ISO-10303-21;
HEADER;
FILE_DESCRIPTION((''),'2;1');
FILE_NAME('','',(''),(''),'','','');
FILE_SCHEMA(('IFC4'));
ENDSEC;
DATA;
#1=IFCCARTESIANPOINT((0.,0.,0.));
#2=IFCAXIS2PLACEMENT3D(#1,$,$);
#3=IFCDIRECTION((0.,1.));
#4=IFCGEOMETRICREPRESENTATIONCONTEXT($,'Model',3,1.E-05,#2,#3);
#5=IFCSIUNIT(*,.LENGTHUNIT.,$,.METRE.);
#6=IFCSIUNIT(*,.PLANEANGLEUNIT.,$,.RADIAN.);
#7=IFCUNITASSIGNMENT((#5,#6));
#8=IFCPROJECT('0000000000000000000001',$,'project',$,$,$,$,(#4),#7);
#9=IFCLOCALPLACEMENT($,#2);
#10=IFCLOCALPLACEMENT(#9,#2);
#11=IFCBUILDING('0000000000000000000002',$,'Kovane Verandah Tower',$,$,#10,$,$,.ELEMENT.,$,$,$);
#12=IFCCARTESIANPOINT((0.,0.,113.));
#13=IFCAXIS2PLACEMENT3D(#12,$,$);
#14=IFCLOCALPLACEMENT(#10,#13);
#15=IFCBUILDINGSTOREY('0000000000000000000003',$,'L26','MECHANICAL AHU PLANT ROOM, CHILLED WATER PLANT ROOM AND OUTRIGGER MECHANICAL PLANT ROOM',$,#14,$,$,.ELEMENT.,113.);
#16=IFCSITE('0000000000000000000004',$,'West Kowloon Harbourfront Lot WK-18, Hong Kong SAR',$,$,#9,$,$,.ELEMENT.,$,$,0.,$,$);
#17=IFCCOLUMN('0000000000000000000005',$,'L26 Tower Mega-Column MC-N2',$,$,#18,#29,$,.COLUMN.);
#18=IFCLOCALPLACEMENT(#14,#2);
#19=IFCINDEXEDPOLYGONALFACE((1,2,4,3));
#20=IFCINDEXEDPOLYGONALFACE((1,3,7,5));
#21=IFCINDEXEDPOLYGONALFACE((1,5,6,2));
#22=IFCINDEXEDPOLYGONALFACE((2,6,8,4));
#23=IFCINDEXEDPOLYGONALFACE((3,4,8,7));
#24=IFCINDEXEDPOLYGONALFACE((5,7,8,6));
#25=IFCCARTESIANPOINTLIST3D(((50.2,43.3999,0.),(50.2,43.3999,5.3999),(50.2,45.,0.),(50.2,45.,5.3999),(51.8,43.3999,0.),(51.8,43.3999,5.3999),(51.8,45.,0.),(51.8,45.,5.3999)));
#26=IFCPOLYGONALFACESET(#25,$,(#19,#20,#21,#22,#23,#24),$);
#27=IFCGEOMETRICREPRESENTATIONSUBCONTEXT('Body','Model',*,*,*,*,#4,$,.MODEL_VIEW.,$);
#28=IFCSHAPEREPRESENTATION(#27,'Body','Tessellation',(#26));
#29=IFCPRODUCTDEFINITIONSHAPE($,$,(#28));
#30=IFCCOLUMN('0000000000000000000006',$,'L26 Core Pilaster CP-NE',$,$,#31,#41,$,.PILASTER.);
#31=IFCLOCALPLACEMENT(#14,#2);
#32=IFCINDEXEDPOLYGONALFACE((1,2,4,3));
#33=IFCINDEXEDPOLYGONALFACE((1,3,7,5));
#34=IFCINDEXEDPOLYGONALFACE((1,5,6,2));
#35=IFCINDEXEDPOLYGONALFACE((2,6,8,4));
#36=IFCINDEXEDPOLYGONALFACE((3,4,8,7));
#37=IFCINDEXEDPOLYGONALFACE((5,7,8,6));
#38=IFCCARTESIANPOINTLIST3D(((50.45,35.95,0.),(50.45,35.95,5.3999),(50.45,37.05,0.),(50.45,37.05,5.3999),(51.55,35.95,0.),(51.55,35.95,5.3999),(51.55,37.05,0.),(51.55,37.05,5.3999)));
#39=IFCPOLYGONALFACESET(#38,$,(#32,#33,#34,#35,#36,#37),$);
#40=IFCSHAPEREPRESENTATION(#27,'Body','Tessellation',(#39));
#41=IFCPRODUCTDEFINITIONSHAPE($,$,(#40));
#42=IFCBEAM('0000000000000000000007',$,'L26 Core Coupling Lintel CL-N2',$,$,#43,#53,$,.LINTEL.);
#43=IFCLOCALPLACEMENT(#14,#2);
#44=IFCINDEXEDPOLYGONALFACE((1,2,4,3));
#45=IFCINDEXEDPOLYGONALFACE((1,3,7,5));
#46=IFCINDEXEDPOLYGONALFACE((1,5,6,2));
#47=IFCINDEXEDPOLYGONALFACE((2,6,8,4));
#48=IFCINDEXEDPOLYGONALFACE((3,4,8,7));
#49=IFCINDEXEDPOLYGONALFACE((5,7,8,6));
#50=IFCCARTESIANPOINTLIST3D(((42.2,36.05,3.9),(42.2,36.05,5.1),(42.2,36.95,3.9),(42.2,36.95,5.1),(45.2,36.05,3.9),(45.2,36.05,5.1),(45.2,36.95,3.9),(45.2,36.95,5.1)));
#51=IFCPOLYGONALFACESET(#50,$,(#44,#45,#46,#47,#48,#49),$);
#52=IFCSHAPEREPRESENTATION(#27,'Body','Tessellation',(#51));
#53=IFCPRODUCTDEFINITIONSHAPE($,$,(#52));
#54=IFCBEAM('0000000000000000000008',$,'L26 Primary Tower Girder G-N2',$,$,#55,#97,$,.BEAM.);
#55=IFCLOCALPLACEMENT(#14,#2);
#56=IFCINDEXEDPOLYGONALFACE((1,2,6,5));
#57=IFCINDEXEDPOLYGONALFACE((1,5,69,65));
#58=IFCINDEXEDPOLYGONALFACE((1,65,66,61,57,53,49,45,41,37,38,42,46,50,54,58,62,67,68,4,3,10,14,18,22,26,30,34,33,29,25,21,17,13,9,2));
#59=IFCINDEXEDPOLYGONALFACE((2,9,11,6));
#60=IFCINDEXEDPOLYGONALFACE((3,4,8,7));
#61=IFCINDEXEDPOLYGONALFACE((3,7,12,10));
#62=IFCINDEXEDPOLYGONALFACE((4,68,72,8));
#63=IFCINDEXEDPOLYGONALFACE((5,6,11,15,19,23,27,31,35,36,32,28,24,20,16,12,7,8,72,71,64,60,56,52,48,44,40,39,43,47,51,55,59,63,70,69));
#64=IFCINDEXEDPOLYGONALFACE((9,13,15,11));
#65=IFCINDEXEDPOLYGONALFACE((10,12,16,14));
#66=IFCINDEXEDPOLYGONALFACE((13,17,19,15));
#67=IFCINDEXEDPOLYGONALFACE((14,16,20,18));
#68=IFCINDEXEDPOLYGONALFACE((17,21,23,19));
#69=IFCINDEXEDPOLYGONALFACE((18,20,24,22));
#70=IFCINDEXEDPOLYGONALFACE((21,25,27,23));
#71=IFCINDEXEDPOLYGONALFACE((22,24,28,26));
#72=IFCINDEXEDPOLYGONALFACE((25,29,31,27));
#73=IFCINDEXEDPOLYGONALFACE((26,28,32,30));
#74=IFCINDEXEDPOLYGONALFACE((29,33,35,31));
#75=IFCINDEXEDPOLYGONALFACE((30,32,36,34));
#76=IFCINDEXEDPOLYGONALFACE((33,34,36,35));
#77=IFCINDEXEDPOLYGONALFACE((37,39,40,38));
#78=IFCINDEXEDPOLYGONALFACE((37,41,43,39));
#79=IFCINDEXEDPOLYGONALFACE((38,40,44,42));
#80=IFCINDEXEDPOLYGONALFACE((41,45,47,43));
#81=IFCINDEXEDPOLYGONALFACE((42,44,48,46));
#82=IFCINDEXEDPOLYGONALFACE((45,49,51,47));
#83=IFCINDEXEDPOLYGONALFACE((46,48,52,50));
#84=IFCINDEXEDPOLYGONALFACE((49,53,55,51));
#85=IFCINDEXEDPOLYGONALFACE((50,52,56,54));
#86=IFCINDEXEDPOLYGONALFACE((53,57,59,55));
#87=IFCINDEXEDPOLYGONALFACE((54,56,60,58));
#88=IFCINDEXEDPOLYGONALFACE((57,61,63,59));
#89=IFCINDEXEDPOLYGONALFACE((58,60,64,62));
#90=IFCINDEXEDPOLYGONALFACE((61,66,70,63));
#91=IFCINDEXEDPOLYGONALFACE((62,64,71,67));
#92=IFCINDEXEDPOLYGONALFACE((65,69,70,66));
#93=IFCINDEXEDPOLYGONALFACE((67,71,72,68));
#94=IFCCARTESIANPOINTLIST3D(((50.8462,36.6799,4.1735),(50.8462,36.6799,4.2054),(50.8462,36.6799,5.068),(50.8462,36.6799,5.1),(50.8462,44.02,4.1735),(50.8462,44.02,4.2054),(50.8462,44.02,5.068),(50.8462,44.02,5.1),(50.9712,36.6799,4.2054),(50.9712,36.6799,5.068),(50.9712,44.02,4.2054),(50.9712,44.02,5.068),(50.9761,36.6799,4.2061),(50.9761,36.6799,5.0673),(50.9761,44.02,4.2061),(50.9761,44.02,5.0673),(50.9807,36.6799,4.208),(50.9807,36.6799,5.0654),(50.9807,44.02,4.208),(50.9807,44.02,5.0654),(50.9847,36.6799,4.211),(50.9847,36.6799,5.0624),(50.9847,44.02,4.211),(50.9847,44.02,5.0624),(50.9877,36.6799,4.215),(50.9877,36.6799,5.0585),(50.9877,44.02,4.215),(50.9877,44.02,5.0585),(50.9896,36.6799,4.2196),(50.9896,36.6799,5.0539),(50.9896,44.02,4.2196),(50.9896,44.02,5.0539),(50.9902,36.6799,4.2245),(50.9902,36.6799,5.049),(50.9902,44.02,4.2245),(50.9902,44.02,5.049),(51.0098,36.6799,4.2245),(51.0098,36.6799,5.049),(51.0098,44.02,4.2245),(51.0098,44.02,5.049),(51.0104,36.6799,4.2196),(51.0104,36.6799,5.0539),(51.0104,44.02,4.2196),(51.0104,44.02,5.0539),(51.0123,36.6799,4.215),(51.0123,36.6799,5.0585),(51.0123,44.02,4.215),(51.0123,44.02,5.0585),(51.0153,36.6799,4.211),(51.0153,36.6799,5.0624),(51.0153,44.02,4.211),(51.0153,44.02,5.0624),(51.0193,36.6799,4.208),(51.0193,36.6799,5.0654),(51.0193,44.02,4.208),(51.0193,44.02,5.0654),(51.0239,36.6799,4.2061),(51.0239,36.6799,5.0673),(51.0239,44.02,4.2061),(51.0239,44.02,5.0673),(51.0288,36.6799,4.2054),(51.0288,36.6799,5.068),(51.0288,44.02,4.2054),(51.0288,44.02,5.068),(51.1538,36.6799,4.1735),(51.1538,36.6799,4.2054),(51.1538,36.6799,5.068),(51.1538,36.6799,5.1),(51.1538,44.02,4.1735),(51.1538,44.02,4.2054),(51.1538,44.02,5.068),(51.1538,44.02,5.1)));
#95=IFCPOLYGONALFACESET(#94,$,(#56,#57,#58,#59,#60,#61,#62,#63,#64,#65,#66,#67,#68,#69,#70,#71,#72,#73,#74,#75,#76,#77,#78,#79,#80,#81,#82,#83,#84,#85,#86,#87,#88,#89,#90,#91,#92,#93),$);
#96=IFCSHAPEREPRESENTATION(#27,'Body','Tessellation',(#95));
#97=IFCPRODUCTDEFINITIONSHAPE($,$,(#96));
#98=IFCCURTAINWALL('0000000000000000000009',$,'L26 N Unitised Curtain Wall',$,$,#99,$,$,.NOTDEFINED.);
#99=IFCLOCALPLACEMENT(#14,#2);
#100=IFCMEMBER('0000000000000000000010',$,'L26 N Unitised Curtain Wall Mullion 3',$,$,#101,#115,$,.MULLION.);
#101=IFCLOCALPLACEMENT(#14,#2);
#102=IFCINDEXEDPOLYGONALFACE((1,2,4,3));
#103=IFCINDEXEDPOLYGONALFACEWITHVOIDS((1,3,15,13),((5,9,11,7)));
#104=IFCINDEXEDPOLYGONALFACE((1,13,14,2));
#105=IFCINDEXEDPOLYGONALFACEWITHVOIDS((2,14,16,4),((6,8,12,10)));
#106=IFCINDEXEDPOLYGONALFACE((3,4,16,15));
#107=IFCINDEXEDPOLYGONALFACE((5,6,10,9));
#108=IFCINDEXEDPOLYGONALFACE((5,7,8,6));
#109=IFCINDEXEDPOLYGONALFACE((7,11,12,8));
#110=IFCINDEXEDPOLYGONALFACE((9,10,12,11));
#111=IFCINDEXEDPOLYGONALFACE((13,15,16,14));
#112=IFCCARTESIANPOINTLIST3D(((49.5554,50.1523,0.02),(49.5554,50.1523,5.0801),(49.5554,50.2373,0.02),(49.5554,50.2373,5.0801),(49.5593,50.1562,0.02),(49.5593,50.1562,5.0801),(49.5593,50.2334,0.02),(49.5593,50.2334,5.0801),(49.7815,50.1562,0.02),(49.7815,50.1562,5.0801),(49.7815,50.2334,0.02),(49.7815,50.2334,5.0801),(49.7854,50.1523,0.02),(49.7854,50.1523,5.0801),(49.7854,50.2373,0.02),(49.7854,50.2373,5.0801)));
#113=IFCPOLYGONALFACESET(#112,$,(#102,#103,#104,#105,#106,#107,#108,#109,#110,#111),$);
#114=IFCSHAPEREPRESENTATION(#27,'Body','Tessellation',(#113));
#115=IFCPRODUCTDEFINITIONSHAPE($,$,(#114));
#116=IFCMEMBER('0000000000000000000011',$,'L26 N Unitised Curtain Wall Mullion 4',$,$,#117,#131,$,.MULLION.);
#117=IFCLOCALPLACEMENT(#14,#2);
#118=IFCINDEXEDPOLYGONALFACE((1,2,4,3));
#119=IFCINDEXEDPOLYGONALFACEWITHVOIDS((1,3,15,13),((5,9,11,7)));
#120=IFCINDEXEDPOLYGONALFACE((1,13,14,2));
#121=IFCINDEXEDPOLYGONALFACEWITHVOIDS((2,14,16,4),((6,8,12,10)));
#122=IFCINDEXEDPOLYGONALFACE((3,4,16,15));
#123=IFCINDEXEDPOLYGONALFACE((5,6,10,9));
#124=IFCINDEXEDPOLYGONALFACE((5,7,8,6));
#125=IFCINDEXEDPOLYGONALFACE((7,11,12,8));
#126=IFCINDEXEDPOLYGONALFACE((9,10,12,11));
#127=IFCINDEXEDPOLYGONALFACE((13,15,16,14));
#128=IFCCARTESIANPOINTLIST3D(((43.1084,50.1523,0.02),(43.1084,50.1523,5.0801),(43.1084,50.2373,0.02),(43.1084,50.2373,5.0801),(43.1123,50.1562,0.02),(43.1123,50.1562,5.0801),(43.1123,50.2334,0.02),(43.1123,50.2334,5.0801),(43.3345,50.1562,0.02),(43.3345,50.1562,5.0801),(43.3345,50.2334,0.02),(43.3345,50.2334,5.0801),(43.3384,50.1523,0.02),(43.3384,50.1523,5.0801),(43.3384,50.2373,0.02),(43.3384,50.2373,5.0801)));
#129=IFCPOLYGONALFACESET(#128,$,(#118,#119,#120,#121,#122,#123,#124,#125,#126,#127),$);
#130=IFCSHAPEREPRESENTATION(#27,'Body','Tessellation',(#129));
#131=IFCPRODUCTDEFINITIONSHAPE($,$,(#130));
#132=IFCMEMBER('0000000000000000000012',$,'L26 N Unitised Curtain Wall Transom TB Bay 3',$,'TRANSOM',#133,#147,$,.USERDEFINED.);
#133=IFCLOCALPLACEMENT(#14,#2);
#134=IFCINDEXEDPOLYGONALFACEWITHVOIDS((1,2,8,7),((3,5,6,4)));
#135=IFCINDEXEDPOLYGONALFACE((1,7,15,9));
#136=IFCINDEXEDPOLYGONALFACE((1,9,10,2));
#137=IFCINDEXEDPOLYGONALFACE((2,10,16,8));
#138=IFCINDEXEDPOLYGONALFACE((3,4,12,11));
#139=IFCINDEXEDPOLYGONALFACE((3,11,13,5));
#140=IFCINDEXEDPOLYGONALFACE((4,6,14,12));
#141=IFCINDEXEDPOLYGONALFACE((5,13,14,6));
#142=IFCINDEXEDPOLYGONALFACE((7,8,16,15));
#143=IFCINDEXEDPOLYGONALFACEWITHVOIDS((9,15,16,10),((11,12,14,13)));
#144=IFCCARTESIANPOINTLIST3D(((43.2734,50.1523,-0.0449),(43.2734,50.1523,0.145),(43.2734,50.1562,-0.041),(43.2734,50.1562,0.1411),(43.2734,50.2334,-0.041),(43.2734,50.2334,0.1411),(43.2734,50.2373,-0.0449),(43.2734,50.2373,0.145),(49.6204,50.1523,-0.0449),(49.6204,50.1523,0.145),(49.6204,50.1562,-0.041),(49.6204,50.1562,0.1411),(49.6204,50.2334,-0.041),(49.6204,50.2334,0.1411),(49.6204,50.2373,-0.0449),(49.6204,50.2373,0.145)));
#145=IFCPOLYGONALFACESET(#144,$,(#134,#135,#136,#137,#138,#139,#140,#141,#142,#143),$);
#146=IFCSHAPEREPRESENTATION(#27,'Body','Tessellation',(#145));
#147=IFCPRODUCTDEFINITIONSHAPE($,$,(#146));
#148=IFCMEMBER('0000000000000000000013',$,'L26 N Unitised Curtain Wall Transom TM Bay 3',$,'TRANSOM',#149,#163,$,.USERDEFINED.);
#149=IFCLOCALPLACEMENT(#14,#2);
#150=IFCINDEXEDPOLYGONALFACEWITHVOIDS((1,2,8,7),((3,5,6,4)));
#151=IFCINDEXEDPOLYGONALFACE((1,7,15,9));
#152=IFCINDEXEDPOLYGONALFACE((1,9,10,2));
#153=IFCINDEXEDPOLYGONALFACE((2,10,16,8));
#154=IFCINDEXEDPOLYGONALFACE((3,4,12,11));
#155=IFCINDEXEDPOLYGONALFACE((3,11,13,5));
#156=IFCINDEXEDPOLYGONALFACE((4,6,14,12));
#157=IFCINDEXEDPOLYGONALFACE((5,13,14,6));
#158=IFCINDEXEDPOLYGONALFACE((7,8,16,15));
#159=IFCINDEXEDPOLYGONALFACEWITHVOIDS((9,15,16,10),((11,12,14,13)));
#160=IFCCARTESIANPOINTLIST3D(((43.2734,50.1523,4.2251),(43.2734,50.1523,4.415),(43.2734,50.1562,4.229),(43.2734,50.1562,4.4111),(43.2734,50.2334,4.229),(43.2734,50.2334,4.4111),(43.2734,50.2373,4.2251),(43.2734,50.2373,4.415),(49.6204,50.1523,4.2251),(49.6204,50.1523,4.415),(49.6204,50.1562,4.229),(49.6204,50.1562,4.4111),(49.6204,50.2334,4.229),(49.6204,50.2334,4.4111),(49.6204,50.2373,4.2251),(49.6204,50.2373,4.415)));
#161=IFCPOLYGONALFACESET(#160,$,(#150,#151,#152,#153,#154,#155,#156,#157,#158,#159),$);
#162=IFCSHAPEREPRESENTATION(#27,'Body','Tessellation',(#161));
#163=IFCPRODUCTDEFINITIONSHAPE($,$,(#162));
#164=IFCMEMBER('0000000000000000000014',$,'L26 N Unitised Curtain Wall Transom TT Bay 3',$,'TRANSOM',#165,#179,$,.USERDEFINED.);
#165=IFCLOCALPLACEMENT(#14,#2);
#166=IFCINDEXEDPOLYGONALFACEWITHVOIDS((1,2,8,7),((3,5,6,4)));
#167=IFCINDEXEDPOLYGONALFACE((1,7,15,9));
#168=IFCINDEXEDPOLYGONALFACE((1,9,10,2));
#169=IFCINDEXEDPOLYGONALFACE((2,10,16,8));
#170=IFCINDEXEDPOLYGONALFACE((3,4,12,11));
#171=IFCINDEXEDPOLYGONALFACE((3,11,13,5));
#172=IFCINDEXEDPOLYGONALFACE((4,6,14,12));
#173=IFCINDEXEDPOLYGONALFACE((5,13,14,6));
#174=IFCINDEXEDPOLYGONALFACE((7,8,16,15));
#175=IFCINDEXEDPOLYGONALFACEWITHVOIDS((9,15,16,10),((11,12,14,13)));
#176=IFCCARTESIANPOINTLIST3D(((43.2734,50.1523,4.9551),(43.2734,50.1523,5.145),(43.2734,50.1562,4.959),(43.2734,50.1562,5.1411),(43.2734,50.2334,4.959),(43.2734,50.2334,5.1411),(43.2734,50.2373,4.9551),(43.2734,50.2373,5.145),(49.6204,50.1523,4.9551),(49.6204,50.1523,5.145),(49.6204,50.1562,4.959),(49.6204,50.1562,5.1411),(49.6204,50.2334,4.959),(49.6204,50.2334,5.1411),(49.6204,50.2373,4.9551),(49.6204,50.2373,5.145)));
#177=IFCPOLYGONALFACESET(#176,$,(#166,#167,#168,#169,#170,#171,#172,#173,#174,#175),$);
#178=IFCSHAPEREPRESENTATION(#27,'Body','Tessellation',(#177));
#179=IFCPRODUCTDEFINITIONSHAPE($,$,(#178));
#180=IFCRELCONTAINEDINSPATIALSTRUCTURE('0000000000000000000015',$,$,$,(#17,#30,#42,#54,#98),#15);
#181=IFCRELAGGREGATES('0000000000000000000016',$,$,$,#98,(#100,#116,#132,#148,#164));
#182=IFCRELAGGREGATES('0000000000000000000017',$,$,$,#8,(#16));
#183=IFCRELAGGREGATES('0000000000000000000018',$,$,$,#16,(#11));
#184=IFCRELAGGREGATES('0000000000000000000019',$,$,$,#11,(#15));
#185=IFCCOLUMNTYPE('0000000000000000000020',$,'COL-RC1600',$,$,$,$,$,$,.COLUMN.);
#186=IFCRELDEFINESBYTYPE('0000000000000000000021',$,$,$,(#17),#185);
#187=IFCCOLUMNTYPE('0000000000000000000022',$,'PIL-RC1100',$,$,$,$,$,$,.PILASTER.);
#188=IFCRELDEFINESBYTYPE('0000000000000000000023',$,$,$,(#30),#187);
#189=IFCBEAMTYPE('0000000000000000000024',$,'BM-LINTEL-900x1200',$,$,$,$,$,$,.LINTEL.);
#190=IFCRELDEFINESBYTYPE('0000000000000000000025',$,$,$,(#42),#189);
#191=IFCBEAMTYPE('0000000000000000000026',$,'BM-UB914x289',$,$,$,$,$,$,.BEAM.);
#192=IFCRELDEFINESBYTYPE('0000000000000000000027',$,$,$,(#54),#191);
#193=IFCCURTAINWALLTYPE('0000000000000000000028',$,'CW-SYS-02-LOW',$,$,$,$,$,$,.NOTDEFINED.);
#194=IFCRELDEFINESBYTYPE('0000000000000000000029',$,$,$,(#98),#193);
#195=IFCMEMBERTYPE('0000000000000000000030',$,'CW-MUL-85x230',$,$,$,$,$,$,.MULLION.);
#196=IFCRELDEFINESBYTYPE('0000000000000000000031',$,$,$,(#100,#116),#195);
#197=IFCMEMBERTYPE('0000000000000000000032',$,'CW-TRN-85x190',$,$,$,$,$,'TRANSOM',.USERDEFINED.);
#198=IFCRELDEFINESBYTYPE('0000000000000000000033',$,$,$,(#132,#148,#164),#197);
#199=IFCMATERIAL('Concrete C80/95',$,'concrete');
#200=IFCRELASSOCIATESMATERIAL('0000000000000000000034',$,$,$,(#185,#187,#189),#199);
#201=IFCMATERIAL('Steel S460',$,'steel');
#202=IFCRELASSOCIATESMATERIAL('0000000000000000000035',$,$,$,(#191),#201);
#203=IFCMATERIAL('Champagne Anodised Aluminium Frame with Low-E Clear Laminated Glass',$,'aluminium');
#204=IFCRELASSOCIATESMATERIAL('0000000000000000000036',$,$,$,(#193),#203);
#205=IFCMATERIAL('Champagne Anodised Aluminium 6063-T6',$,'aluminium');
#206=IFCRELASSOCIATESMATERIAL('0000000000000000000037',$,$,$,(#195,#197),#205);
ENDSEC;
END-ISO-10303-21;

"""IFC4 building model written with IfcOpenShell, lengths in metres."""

from ifc_helpers import new_model, si_unit, direction, frame, origin, origin_2d, place, context, subcontext, project, spatial, rectangle, hollow_rectangle, i_section, extrude, material, material_profile, profile_set, type_object, element, aggregate, save


model = new_model("IFC4")

# Units and contexts
model_context = context("Model", 3, precision=1e-05, world=origin(), true_north=direction((0.0, 1.0)))
body_context = subcontext(model_context, "Body", "Model", "MODEL_VIEW")
ifc_project = project(units=[si_unit("LENGTHUNIT", "METRE"), si_unit("PLANEANGLEUNIT", "RADIAN")], contexts=[model_context])

# Site, building, storey
site_placement = place(None, origin())
site = spatial("IfcSite", under=ifc_project, at=site_placement, Name="West Kowloon Harbourfront Lot WK-18, Hong Kong SAR", CompositionType="ELEMENT", RefElevation=0.0)
building_placement = place(site_placement, origin())
building = spatial("IfcBuilding", under=site, at=building_placement, Name="Kovane Verandah Tower", CompositionType="ELEMENT")
storey_placement = place(building_placement, frame((0.0, 0.0, 113.0)))
storey = spatial("IfcBuildingStorey", under=building, at=storey_placement, Name="L26", Description="MECHANICAL AHU PLANT ROOM, CHILLED WATER PLANT ROOM AND OUTRIGGER MECHANICAL PLANT ROOM", CompositionType="ELEMENT", Elevation=113.0)

# Columns
ifc_material_1 = material(Name="Concrete C80/95", Category="concrete")
ifc_material_profile_1 = material_profile(ifc_material_1, rectangle(XDim=1.6001, YDim=1.6001, at=origin_2d()), Name="RC1600x1600")
ifc_profile_set_1 = profile_set([ifc_material_profile_1], Name="Concrete C80/95")
column_type_1 = type_object("IfcColumnType", Name="COL-RC1600", PredefinedType="COLUMN", material=ifc_profile_set_1)
column_1_placement = place(storey_placement, frame((51.0, 44.2, 0.0), z_axis=(0.0, 0.0, 1.0), x_axis=(1.0, 0.0, 0.0)))
element("IfcColumn", 1, at=column_1_placement, inside=storey, type_object=column_type_1, Name="L26 Tower Mega-Column MC-N2", PredefinedType="COLUMN", context=body_context, shape_type="SweptSolid", body=[
    extrude(rectangle(XDim=1.6001, YDim=1.6001, at=origin_2d()), origin(), (0.0, 0.0, 1.0), 5.3999),
])
ifc_material_profile_2 = material_profile(ifc_material_1, rectangle(XDim=1.1001, YDim=1.1001, at=origin_2d()), Name="RC1100x1100")
ifc_profile_set_2 = profile_set([ifc_material_profile_2], Name="Concrete C80/95")
column_type_2 = type_object("IfcColumnType", Name="PIL-RC1100", PredefinedType="PILASTER", material=ifc_profile_set_2)
column_2_placement = place(storey_placement, frame((51.0, 36.5, 0.0), z_axis=(0.0, 0.0, 1.0), x_axis=(1.0, 0.0, 0.0)))
element("IfcColumn", 2, at=column_2_placement, inside=storey, type_object=column_type_2, Name="L26 Core Pilaster CP-NE", PredefinedType="PILASTER", context=body_context, shape_type="SweptSolid", body=[
    extrude(rectangle(XDim=1.1001, YDim=1.1001, at=origin_2d()), origin(), (0.0, 0.0, 1.0), 5.3999),
])

# Beams
ifc_material_profile_3 = material_profile(ifc_material_1, rectangle(XDim=0.8999, YDim=1.2, at=origin_2d()), Name="RCB900x1200")
ifc_profile_set_3 = profile_set([ifc_material_profile_3], Name="Concrete C80/95")
beam_type_1 = type_object("IfcBeamType", Name="BM-LINTEL-900x1200", PredefinedType="LINTEL", material=ifc_profile_set_3)
beam_1_placement = place(storey_placement, frame((42.2, 36.5, 4.5), z_axis=(1.0, 0.0, 0.0), x_axis=(0.0, 1.0, 0.0)))
element("IfcBeam", 3, at=beam_1_placement, inside=storey, type_object=beam_type_1, Name="L26 Core Coupling Lintel CL-N2", PredefinedType="LINTEL", context=body_context, shape_type="SweptSolid", body=[
    extrude(rectangle(XDim=0.8999, YDim=1.2, at=origin_2d()), origin(), (0.0, 0.0, 1.0), 3.0),
])
ifc_material_2 = material(Name="Steel S460", Category="steel")
ifc_material_profile_4 = material_profile(ifc_material_2, i_section(OverallWidth=0.3076, OverallDepth=0.9265, WebThickness=0.0195, FlangeThickness=0.032, FilletRadius=0.019, at=origin_2d()), Name="UB914x305x289")
ifc_profile_set_4 = profile_set([ifc_material_profile_4], Name="Steel S460")
beam_type_2 = type_object("IfcBeamType", Name="BM-UB914x289", PredefinedType="BEAM", material=ifc_profile_set_4)
beam_2_placement = place(storey_placement, frame((51.0, 36.6799, 4.6367), z_axis=(0.0, 1.0, 0.0), x_axis=(-1.0, 0.0, 0.0)))
element("IfcBeam", 4, at=beam_2_placement, inside=storey, type_object=beam_type_2, Name="L26 Primary Tower Girder G-N2", PredefinedType="BEAM", context=body_context, shape_type="SweptSolid", body=[
    extrude(i_section(OverallWidth=0.3076, OverallDepth=0.9265, WebThickness=0.0195, FlangeThickness=0.032, FilletRadius=0.019, at=origin_2d()), origin(), (0.0, 0.0, 1.0), 7.3401),
])

# Curtain wall, members
ifc_material_3 = material(Name="Champagne Anodised Aluminium Frame with Low-E Clear Laminated Glass", Category="aluminium")
curtain_wall_type = type_object("IfcCurtainWallType", Name="CW-SYS-02-LOW", PredefinedType="NOTDEFINED", material=ifc_material_3)
curtain_wall_placement = place(storey_placement, origin())
curtain_wall = element("IfcCurtainWall", 5, at=curtain_wall_placement, inside=storey, type_object=curtain_wall_type, Name="L26 N Unitised Curtain Wall", PredefinedType="NOTDEFINED")
ifc_material_4 = material(Name="Champagne Anodised Aluminium 6063-T6", Category="aluminium")
ifc_material_profile_5 = material_profile(ifc_material_4, hollow_rectangle(XDim=0.085, YDim=0.23, WallThickness=0.0039, at=origin_2d()), Name="AL85x230x4")
ifc_profile_set_5 = profile_set([ifc_material_profile_5], Name="Champagne Anodised Aluminium 6063-T6")
member_type_1 = type_object("IfcMemberType", Name="CW-MUL-85x230", PredefinedType="MULLION", material=ifc_profile_set_5)
member_1_placement = place(storey_placement, frame((49.6704, 50.1948, 0.02), z_axis=(0.0, 0.0, 1.0), x_axis=(0.0, 1.0, 0.0)))
member_1 = element("IfcMember", 6, at=member_1_placement, type_object=member_type_1, Name="L26 N Unitised Curtain Wall Mullion 3", PredefinedType="MULLION", context=body_context, shape_type="SweptSolid", body=[
    extrude(hollow_rectangle(XDim=0.085, YDim=0.23, WallThickness=0.0039, at=origin_2d()), origin(), (0.0, 0.0, 1.0), 5.0601),
])
member_2_placement = place(storey_placement, frame((43.2234, 50.1948, 0.02), z_axis=(0.0, 0.0, 1.0), x_axis=(0.0, 1.0, 0.0)))
member_2 = element("IfcMember", 7, at=member_2_placement, type_object=member_type_1, Name="L26 N Unitised Curtain Wall Mullion 4", PredefinedType="MULLION", context=body_context, shape_type="SweptSolid", body=[
    extrude(hollow_rectangle(XDim=0.085, YDim=0.23, WallThickness=0.0039, at=origin_2d()), origin(), (0.0, 0.0, 1.0), 5.0601),
])
ifc_material_profile_6 = material_profile(ifc_material_4, hollow_rectangle(XDim=0.085, YDim=0.1899, WallThickness=0.0039, at=origin_2d()), Name="AL85x190x4")
ifc_profile_set_6 = profile_set([ifc_material_profile_6], Name="Champagne Anodised Aluminium 6063-T6")
member_type_2 = type_object("IfcMemberType", Name="CW-TRN-85x190", ElementType="TRANSOM", PredefinedType="USERDEFINED", material=ifc_profile_set_6)
member_3_placement = place(storey_placement, frame((49.6204, 50.1948, 0.05), z_axis=(-1.0, 0.0, 0.0), x_axis=(0.0, -1.0, 0.0)))
member_3 = element("IfcMember", 8, at=member_3_placement, type_object=member_type_2, Name="L26 N Unitised Curtain Wall Transom TB Bay 3", ObjectType="TRANSOM", PredefinedType="USERDEFINED", context=body_context, shape_type="SweptSolid", body=[
    extrude(hollow_rectangle(XDim=0.085, YDim=0.1899, WallThickness=0.0039, at=origin_2d()), origin(), (0.0, 0.0, 1.0), 6.3469),
])
member_4_placement = place(storey_placement, frame((49.6204, 50.1948, 4.3201), z_axis=(-1.0, 0.0, 0.0), x_axis=(0.0, -1.0, 0.0)))
member_4 = element("IfcMember", 9, at=member_4_placement, type_object=member_type_2, Name="L26 N Unitised Curtain Wall Transom TM Bay 3", ObjectType="TRANSOM", PredefinedType="USERDEFINED", context=body_context, shape_type="SweptSolid", body=[
    extrude(hollow_rectangle(XDim=0.085, YDim=0.1899, WallThickness=0.0039, at=origin_2d()), origin(), (0.0, 0.0, 1.0), 6.3469),
])
member_5_placement = place(storey_placement, frame((49.6204, 50.1948, 5.05), z_axis=(-1.0, 0.0, 0.0), x_axis=(0.0, -1.0, 0.0)))
member_5 = element("IfcMember", 10, at=member_5_placement, type_object=member_type_2, Name="L26 N Unitised Curtain Wall Transom TT Bay 3", ObjectType="TRANSOM", PredefinedType="USERDEFINED", context=body_context, shape_type="SweptSolid", body=[
    extrude(hollow_rectangle(XDim=0.085, YDim=0.1899, WallThickness=0.0039, at=origin_2d()), origin(), (0.0, 0.0, 1.0), 6.3469),
])

aggregate(curtain_wall, [member_1, member_2, member_3, member_4, member_5])

save(model, "model.ifc")
